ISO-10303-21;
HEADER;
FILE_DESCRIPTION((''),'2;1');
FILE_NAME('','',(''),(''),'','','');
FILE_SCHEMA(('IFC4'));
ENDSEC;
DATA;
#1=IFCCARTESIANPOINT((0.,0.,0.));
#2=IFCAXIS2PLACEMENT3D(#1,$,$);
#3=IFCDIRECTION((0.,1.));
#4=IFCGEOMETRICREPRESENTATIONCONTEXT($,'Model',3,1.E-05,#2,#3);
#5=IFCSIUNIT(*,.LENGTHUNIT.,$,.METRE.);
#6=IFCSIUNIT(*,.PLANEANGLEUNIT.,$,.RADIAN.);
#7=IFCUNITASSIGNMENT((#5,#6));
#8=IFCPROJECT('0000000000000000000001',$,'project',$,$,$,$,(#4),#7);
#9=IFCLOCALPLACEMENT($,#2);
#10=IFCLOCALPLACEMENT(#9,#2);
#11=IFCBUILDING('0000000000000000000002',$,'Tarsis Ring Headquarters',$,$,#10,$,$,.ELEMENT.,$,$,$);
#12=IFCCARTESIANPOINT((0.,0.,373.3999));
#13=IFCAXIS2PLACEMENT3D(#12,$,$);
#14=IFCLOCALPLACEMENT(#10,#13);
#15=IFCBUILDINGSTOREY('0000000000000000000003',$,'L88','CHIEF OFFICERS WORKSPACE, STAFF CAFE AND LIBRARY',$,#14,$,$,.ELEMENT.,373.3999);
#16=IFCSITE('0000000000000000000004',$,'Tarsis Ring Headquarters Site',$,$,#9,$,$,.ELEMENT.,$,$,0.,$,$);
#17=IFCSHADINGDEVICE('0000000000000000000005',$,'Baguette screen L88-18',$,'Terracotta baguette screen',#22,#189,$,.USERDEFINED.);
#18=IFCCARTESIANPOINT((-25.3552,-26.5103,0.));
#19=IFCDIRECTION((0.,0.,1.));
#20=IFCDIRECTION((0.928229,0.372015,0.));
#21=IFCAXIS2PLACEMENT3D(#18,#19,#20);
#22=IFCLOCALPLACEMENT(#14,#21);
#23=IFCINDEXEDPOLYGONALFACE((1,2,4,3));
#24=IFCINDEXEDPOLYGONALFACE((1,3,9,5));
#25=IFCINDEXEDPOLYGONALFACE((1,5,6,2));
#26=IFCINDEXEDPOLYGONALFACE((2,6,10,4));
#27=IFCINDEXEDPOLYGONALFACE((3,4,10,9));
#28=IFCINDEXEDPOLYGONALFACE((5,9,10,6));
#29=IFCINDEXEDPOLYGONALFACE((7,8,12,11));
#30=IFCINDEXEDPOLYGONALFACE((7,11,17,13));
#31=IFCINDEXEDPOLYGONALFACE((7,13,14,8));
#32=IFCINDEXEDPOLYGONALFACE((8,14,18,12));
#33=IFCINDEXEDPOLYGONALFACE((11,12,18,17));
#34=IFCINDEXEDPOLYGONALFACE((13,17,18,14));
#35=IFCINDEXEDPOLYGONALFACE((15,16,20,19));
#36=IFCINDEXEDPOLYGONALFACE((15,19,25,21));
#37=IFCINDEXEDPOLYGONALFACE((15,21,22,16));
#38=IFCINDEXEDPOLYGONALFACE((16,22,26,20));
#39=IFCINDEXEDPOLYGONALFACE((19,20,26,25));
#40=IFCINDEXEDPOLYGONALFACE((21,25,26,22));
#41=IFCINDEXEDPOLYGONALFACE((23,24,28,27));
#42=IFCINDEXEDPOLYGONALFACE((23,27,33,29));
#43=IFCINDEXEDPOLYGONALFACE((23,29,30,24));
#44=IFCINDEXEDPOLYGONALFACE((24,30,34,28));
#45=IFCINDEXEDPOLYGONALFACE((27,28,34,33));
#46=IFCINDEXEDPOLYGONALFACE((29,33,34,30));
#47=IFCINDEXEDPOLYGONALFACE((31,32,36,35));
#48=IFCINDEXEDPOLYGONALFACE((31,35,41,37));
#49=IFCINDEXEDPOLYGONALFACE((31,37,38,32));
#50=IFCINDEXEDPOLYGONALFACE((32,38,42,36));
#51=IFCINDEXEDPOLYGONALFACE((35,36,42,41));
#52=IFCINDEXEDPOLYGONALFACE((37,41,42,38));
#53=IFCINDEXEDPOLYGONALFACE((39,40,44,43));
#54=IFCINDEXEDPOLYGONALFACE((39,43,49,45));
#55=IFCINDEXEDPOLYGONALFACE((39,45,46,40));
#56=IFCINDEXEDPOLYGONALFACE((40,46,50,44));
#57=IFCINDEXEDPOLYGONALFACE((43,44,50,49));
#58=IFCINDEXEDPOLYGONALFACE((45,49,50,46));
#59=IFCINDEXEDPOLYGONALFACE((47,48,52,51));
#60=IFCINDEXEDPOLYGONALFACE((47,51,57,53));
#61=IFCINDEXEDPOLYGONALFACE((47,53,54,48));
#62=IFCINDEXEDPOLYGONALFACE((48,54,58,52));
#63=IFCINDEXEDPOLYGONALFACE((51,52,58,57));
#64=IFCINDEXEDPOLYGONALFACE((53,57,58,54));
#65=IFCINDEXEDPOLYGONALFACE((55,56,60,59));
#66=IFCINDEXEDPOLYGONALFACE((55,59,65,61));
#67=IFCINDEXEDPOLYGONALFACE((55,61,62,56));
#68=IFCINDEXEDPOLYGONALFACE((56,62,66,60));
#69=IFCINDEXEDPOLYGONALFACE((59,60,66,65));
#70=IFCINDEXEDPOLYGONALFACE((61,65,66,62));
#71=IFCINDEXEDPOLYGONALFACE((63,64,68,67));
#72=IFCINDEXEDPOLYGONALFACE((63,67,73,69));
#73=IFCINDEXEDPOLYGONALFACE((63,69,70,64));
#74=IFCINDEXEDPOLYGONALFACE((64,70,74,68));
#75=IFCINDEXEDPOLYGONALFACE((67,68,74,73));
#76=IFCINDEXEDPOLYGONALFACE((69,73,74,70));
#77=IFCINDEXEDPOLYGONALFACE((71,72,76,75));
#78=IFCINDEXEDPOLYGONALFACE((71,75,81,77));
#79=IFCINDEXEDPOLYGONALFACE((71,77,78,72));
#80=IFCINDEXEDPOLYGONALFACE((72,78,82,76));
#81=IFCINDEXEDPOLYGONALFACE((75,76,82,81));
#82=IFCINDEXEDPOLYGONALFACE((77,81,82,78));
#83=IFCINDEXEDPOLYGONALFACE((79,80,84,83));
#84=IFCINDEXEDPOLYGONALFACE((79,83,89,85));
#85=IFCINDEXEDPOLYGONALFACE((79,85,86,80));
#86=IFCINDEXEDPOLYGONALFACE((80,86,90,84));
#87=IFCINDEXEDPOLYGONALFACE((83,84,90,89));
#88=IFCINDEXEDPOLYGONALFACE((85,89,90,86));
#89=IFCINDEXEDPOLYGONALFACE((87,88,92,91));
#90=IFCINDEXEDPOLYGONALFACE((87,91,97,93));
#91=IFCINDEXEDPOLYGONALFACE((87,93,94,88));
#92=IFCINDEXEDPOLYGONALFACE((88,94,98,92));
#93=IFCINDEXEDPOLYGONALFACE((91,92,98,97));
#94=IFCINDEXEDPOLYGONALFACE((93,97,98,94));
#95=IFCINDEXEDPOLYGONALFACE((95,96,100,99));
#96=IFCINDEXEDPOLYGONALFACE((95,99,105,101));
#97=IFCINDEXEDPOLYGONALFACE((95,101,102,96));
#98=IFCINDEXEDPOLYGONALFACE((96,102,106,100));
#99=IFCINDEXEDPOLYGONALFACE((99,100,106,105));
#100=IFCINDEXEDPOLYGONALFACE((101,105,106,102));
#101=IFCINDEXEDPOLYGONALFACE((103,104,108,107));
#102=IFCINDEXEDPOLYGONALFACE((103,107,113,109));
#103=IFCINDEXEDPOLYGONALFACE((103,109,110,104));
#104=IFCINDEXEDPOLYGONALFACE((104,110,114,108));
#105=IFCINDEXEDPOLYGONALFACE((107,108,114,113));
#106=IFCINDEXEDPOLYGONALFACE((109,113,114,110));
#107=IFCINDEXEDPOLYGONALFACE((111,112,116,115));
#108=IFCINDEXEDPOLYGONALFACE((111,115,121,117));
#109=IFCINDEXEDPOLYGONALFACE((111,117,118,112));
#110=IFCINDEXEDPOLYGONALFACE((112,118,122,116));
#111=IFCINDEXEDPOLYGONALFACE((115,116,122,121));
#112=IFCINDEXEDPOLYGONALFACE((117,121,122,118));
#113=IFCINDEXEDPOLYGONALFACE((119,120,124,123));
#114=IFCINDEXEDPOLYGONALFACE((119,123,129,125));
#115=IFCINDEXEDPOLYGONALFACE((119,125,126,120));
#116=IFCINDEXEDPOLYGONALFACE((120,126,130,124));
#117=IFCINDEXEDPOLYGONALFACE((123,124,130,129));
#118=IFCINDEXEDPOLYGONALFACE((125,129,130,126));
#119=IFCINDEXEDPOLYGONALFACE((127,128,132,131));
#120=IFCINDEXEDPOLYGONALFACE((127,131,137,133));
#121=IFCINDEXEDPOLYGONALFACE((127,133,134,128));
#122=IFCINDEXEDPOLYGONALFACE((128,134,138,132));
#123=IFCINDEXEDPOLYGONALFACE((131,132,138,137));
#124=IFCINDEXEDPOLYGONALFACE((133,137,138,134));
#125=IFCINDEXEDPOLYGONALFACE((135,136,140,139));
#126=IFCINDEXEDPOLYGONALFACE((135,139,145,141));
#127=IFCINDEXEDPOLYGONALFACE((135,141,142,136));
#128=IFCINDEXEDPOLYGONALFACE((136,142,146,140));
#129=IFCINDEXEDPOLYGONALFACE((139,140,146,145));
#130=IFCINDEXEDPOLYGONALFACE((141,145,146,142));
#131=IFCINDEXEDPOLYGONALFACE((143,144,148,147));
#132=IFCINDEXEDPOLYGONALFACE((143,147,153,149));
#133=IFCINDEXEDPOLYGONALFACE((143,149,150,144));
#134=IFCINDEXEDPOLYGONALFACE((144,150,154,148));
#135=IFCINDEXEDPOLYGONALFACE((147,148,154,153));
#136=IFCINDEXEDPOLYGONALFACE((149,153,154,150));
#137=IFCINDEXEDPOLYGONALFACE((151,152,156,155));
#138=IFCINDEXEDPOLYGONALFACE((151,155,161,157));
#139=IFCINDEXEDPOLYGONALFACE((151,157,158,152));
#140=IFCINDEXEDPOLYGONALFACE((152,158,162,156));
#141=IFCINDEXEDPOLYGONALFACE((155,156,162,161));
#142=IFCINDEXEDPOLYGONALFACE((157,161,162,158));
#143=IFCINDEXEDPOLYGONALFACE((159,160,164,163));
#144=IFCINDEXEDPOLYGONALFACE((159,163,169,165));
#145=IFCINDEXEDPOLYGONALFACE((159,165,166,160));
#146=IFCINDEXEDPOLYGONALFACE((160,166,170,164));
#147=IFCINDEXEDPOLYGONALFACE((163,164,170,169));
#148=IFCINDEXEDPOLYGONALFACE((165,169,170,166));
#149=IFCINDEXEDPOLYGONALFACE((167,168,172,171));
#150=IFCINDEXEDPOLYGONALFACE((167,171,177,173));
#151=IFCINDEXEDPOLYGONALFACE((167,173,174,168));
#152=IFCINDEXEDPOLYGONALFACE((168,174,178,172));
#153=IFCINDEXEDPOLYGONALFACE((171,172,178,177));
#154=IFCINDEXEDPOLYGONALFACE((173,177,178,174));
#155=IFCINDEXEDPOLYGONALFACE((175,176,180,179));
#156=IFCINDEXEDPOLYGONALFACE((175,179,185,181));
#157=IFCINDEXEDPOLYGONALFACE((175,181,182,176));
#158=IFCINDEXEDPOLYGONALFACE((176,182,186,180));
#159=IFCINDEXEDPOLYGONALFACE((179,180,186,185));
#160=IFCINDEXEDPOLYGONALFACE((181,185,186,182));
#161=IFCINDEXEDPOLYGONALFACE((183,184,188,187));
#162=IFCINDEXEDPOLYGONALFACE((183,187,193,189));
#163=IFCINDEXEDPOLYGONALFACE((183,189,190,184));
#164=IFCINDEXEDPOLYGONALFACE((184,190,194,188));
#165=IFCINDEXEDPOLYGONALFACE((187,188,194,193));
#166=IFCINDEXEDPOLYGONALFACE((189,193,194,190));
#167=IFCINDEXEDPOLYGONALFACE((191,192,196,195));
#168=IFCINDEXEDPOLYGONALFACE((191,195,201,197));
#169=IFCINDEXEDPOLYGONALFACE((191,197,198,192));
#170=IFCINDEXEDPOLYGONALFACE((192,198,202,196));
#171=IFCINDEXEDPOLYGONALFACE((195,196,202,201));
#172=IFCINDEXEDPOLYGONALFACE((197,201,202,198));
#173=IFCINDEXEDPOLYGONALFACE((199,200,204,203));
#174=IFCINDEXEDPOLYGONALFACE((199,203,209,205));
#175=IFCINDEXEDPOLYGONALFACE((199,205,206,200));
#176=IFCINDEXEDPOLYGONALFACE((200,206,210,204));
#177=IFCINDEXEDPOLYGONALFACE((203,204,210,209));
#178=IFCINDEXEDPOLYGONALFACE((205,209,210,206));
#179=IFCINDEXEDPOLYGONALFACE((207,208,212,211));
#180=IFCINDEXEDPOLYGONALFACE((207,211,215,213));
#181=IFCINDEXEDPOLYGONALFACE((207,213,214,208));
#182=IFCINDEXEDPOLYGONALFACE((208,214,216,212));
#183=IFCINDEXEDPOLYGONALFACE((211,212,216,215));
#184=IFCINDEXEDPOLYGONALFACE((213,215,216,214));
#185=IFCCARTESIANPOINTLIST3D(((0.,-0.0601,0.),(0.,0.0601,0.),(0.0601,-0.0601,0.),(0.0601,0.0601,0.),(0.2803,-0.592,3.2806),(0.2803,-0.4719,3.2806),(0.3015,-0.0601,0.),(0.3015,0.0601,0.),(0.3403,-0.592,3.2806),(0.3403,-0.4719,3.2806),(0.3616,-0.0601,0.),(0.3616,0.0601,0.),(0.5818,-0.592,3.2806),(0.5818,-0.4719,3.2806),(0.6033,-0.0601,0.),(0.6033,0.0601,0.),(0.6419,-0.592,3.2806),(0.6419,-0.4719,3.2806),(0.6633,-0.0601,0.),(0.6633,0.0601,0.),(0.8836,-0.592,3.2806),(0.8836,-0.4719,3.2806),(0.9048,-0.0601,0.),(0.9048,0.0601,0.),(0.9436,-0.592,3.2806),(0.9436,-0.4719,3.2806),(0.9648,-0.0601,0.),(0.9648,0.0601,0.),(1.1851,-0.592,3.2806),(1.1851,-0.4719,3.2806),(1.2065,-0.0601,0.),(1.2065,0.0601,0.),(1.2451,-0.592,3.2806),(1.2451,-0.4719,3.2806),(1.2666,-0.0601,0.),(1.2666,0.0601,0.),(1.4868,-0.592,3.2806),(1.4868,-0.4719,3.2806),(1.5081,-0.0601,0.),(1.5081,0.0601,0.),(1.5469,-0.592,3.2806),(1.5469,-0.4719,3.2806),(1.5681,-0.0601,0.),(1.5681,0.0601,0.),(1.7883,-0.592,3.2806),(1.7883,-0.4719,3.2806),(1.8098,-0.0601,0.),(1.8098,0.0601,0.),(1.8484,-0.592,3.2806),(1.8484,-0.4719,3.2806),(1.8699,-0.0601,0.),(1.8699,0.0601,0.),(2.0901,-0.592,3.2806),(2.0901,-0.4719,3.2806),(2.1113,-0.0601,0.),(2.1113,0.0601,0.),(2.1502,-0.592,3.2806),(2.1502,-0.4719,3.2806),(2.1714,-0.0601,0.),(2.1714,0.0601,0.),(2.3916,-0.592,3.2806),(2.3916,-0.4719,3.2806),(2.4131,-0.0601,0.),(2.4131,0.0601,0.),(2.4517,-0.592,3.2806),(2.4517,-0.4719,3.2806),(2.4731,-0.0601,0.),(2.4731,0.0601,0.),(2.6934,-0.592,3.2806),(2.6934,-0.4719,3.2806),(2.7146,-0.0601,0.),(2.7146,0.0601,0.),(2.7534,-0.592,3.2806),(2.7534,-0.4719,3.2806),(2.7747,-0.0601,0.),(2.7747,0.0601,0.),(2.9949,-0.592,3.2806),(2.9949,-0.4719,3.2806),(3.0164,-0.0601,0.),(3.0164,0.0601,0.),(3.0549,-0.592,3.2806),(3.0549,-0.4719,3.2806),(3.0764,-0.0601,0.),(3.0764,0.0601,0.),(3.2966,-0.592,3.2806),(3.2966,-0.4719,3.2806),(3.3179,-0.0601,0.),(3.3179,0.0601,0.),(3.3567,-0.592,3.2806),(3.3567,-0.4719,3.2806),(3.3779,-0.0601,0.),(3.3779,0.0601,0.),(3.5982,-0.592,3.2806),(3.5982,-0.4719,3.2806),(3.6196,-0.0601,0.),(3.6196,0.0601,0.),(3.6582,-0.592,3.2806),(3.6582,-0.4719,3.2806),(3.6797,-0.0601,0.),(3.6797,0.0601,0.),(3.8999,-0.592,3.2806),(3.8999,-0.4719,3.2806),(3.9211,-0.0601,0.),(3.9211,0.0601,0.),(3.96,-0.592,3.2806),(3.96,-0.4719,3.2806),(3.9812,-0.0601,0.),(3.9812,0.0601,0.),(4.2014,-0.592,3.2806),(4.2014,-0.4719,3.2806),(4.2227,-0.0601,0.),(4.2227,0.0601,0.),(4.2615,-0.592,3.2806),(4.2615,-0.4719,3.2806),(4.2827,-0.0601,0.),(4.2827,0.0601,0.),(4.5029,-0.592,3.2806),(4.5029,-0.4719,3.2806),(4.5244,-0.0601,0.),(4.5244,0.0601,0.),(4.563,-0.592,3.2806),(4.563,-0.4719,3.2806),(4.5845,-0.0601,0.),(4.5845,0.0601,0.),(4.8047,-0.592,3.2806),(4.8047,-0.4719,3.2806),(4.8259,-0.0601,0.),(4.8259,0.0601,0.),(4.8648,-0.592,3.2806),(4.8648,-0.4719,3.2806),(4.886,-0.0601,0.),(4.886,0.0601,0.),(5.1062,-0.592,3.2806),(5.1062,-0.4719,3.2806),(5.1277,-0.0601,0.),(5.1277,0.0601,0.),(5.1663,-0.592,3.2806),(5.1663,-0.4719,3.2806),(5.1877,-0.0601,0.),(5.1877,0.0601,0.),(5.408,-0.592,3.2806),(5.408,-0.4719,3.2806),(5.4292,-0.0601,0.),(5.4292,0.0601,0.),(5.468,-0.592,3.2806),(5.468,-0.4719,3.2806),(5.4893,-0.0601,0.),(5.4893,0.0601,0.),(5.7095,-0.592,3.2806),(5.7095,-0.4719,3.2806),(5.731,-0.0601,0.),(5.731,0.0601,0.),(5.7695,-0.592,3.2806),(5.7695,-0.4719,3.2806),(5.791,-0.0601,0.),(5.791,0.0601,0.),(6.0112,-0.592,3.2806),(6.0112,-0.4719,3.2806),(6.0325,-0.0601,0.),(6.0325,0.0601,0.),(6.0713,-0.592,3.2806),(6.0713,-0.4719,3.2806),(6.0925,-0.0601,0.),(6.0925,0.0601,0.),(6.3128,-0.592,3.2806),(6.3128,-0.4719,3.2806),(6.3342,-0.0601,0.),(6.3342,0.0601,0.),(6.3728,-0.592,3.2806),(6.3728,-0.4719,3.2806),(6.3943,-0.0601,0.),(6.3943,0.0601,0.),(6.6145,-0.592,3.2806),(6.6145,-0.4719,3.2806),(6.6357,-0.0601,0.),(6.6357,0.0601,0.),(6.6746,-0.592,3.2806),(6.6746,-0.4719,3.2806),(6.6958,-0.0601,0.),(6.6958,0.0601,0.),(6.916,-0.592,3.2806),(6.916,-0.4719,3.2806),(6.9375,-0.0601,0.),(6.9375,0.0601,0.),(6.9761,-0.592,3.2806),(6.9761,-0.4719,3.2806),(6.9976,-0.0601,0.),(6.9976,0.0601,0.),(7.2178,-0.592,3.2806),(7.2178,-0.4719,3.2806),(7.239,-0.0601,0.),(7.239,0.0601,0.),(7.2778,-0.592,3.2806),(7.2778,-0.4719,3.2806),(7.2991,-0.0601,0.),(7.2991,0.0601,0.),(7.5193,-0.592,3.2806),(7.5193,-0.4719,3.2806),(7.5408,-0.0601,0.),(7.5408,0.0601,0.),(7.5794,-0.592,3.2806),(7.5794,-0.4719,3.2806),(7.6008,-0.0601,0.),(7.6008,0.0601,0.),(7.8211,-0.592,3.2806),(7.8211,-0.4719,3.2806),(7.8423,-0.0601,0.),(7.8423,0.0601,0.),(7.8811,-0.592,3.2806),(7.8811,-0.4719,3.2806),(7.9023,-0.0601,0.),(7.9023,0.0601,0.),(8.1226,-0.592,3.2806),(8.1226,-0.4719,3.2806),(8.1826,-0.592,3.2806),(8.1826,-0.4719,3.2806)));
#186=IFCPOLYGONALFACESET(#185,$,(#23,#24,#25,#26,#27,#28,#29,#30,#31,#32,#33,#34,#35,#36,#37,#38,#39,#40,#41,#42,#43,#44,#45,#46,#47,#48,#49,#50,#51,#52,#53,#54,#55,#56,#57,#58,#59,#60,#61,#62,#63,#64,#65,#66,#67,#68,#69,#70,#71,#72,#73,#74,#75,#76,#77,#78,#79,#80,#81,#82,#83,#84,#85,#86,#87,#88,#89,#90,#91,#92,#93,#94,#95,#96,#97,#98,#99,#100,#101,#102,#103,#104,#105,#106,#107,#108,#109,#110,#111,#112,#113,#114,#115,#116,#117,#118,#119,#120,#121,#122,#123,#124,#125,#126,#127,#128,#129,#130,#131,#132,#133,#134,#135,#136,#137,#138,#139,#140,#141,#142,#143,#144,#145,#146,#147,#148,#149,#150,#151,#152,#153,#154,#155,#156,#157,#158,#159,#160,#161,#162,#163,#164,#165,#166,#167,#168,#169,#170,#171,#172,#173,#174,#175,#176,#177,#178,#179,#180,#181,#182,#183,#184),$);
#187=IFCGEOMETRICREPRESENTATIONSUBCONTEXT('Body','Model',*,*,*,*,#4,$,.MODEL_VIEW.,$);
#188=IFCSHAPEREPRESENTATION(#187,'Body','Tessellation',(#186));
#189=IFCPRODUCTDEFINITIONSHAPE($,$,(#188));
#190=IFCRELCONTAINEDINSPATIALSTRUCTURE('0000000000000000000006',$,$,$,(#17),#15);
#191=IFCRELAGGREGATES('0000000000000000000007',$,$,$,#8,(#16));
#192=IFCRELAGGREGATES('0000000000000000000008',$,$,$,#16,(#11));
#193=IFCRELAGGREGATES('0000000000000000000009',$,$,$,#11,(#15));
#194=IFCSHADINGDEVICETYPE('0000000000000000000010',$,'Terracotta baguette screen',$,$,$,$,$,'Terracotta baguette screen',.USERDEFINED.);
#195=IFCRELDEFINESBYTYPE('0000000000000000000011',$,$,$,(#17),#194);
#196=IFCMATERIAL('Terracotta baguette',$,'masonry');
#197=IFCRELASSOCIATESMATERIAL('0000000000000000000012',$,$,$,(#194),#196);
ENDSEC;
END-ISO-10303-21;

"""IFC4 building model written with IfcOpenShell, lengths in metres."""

from ifc_helpers import new_model, si_unit, direction, frame, frame_2d, origin, place, context, subcontext, project, spatial, rectangle, composite_profile, extrude, material, type_object, element, save


model = new_model("IFC4")

# Units and contexts
model_context = context("Model", 3, precision=1e-05, world=origin(), true_north=direction((0.0, 1.0)))
body_context = subcontext(model_context, "Body", "Model", "MODEL_VIEW")
ifc_project = project(units=[si_unit("LENGTHUNIT", "METRE"), si_unit("PLANEANGLEUNIT", "RADIAN")], contexts=[model_context])

# Site, building, storey
site_placement = place(None, origin())
site = spatial("IfcSite", under=ifc_project, at=site_placement, Name="Tarsis Ring Headquarters Site", CompositionType="ELEMENT", RefElevation=0.0)
building_placement = place(site_placement, origin())
building = spatial("IfcBuilding", under=site, at=building_placement, Name="Tarsis Ring Headquarters", CompositionType="ELEMENT")
storey_placement = place(building_placement, frame((0.0, 0.0, 373.3999)))
storey = spatial("IfcBuildingStorey", under=building, at=storey_placement, Name="L88", Description="CHIEF OFFICERS WORKSPACE, STAFF CAFE AND LIBRARY", CompositionType="ELEMENT", Elevation=373.3999)

# Shading device
ifc_material_1 = material(Name="Terracotta baguette", Category="masonry")
shading_device_type_1 = type_object("IfcShadingDeviceType", Name="Terracotta baguette screen", ElementType="Terracotta baguette screen", PredefinedType="USERDEFINED", material=ifc_material_1)
shading_device_placement = place(storey_placement, frame((-25.3552, -26.5103, 0.0), z_axis=(0.0, 0.0, 1.0), x_axis=(0.928229, 0.372015, 0.0)))
element("IfcShadingDevice", 1, at=shading_device_placement, inside=storey, type_object=shading_device_type_1, Name="Baguette screen L88-18", ObjectType="Terracotta baguette screen", PredefinedType="USERDEFINED", context=body_context, shape_type="SweptSolid", body=[
    extrude(composite_profile([rectangle(XDim=0.0601, YDim=0.1201, at=frame_2d((0.03, 0.0))), rectangle(XDim=0.0601, YDim=0.1201, at=frame_2d((0.3315, 0.0))), rectangle(XDim=0.0601, YDim=0.1201, at=frame_2d((0.6333, 0.0))), rectangle(XDim=0.0601, YDim=0.1201, at=frame_2d((0.9348, 0.0))), rectangle(XDim=0.0601, YDim=0.1201, at=frame_2d((1.2366, 0.0))), rectangle(XDim=0.0601, YDim=0.1201, at=frame_2d((1.5381, 0.0))), rectangle(XDim=0.0601, YDim=0.1201, at=frame_2d((1.8398, 0.0))), rectangle(XDim=0.0601, YDim=0.1201, at=frame_2d((2.1414, 0.0))), rectangle(XDim=0.0601, YDim=0.1201, at=frame_2d((2.4431, 0.0))), rectangle(XDim=0.0601, YDim=0.1201, at=frame_2d((2.7446, 0.0))), rectangle(XDim=0.0601, YDim=0.1201, at=frame_2d((3.0464, 0.0))), rectangle(XDim=0.0601, YDim=0.1201, at=frame_2d((3.3479, 0.0))), rectangle(XDim=0.0601, YDim=0.1201, at=frame_2d((3.6497, 0.0))), rectangle(XDim=0.0601, YDim=0.1201, at=frame_2d((3.9512, 0.0))), rectangle(XDim=0.0601, YDim=0.1201, at=frame_2d((4.2527, 0.0))), rectangle(XDim=0.0601, YDim=0.1201, at=frame_2d((4.5544, 0.0))), rectangle(XDim=0.0601, YDim=0.1201, at=frame_2d((4.856, 0.0))), rectangle(XDim=0.0601, YDim=0.1201, at=frame_2d((5.1577, 0.0))), rectangle(XDim=0.0601, YDim=0.1201, at=frame_2d((5.4592, 0.0))), rectangle(XDim=0.0601, YDim=0.1201, at=frame_2d((5.761, 0.0))), rectangle(XDim=0.0601, YDim=0.1201, at=frame_2d((6.0625, 0.0))), rectangle(XDim=0.0601, YDim=0.1201, at=frame_2d((6.3643, 0.0))), rectangle(XDim=0.0601, YDim=0.1201, at=frame_2d((6.6658, 0.0))), rectangle(XDim=0.0601, YDim=0.1201, at=frame_2d((6.9675, 0.0))), rectangle(XDim=0.0601, YDim=0.1201, at=frame_2d((7.269, 0.0))), rectangle(XDim=0.0601, YDim=0.1201, at=frame_2d((7.5708, 0.0))), rectangle(XDim=0.0601, YDim=0.1201, at=frame_2d((7.8723, 0.0)))]), origin(), (0.084039, -0.159503, 0.983614), 3.3352),
])

save(model, "model.ifc")
